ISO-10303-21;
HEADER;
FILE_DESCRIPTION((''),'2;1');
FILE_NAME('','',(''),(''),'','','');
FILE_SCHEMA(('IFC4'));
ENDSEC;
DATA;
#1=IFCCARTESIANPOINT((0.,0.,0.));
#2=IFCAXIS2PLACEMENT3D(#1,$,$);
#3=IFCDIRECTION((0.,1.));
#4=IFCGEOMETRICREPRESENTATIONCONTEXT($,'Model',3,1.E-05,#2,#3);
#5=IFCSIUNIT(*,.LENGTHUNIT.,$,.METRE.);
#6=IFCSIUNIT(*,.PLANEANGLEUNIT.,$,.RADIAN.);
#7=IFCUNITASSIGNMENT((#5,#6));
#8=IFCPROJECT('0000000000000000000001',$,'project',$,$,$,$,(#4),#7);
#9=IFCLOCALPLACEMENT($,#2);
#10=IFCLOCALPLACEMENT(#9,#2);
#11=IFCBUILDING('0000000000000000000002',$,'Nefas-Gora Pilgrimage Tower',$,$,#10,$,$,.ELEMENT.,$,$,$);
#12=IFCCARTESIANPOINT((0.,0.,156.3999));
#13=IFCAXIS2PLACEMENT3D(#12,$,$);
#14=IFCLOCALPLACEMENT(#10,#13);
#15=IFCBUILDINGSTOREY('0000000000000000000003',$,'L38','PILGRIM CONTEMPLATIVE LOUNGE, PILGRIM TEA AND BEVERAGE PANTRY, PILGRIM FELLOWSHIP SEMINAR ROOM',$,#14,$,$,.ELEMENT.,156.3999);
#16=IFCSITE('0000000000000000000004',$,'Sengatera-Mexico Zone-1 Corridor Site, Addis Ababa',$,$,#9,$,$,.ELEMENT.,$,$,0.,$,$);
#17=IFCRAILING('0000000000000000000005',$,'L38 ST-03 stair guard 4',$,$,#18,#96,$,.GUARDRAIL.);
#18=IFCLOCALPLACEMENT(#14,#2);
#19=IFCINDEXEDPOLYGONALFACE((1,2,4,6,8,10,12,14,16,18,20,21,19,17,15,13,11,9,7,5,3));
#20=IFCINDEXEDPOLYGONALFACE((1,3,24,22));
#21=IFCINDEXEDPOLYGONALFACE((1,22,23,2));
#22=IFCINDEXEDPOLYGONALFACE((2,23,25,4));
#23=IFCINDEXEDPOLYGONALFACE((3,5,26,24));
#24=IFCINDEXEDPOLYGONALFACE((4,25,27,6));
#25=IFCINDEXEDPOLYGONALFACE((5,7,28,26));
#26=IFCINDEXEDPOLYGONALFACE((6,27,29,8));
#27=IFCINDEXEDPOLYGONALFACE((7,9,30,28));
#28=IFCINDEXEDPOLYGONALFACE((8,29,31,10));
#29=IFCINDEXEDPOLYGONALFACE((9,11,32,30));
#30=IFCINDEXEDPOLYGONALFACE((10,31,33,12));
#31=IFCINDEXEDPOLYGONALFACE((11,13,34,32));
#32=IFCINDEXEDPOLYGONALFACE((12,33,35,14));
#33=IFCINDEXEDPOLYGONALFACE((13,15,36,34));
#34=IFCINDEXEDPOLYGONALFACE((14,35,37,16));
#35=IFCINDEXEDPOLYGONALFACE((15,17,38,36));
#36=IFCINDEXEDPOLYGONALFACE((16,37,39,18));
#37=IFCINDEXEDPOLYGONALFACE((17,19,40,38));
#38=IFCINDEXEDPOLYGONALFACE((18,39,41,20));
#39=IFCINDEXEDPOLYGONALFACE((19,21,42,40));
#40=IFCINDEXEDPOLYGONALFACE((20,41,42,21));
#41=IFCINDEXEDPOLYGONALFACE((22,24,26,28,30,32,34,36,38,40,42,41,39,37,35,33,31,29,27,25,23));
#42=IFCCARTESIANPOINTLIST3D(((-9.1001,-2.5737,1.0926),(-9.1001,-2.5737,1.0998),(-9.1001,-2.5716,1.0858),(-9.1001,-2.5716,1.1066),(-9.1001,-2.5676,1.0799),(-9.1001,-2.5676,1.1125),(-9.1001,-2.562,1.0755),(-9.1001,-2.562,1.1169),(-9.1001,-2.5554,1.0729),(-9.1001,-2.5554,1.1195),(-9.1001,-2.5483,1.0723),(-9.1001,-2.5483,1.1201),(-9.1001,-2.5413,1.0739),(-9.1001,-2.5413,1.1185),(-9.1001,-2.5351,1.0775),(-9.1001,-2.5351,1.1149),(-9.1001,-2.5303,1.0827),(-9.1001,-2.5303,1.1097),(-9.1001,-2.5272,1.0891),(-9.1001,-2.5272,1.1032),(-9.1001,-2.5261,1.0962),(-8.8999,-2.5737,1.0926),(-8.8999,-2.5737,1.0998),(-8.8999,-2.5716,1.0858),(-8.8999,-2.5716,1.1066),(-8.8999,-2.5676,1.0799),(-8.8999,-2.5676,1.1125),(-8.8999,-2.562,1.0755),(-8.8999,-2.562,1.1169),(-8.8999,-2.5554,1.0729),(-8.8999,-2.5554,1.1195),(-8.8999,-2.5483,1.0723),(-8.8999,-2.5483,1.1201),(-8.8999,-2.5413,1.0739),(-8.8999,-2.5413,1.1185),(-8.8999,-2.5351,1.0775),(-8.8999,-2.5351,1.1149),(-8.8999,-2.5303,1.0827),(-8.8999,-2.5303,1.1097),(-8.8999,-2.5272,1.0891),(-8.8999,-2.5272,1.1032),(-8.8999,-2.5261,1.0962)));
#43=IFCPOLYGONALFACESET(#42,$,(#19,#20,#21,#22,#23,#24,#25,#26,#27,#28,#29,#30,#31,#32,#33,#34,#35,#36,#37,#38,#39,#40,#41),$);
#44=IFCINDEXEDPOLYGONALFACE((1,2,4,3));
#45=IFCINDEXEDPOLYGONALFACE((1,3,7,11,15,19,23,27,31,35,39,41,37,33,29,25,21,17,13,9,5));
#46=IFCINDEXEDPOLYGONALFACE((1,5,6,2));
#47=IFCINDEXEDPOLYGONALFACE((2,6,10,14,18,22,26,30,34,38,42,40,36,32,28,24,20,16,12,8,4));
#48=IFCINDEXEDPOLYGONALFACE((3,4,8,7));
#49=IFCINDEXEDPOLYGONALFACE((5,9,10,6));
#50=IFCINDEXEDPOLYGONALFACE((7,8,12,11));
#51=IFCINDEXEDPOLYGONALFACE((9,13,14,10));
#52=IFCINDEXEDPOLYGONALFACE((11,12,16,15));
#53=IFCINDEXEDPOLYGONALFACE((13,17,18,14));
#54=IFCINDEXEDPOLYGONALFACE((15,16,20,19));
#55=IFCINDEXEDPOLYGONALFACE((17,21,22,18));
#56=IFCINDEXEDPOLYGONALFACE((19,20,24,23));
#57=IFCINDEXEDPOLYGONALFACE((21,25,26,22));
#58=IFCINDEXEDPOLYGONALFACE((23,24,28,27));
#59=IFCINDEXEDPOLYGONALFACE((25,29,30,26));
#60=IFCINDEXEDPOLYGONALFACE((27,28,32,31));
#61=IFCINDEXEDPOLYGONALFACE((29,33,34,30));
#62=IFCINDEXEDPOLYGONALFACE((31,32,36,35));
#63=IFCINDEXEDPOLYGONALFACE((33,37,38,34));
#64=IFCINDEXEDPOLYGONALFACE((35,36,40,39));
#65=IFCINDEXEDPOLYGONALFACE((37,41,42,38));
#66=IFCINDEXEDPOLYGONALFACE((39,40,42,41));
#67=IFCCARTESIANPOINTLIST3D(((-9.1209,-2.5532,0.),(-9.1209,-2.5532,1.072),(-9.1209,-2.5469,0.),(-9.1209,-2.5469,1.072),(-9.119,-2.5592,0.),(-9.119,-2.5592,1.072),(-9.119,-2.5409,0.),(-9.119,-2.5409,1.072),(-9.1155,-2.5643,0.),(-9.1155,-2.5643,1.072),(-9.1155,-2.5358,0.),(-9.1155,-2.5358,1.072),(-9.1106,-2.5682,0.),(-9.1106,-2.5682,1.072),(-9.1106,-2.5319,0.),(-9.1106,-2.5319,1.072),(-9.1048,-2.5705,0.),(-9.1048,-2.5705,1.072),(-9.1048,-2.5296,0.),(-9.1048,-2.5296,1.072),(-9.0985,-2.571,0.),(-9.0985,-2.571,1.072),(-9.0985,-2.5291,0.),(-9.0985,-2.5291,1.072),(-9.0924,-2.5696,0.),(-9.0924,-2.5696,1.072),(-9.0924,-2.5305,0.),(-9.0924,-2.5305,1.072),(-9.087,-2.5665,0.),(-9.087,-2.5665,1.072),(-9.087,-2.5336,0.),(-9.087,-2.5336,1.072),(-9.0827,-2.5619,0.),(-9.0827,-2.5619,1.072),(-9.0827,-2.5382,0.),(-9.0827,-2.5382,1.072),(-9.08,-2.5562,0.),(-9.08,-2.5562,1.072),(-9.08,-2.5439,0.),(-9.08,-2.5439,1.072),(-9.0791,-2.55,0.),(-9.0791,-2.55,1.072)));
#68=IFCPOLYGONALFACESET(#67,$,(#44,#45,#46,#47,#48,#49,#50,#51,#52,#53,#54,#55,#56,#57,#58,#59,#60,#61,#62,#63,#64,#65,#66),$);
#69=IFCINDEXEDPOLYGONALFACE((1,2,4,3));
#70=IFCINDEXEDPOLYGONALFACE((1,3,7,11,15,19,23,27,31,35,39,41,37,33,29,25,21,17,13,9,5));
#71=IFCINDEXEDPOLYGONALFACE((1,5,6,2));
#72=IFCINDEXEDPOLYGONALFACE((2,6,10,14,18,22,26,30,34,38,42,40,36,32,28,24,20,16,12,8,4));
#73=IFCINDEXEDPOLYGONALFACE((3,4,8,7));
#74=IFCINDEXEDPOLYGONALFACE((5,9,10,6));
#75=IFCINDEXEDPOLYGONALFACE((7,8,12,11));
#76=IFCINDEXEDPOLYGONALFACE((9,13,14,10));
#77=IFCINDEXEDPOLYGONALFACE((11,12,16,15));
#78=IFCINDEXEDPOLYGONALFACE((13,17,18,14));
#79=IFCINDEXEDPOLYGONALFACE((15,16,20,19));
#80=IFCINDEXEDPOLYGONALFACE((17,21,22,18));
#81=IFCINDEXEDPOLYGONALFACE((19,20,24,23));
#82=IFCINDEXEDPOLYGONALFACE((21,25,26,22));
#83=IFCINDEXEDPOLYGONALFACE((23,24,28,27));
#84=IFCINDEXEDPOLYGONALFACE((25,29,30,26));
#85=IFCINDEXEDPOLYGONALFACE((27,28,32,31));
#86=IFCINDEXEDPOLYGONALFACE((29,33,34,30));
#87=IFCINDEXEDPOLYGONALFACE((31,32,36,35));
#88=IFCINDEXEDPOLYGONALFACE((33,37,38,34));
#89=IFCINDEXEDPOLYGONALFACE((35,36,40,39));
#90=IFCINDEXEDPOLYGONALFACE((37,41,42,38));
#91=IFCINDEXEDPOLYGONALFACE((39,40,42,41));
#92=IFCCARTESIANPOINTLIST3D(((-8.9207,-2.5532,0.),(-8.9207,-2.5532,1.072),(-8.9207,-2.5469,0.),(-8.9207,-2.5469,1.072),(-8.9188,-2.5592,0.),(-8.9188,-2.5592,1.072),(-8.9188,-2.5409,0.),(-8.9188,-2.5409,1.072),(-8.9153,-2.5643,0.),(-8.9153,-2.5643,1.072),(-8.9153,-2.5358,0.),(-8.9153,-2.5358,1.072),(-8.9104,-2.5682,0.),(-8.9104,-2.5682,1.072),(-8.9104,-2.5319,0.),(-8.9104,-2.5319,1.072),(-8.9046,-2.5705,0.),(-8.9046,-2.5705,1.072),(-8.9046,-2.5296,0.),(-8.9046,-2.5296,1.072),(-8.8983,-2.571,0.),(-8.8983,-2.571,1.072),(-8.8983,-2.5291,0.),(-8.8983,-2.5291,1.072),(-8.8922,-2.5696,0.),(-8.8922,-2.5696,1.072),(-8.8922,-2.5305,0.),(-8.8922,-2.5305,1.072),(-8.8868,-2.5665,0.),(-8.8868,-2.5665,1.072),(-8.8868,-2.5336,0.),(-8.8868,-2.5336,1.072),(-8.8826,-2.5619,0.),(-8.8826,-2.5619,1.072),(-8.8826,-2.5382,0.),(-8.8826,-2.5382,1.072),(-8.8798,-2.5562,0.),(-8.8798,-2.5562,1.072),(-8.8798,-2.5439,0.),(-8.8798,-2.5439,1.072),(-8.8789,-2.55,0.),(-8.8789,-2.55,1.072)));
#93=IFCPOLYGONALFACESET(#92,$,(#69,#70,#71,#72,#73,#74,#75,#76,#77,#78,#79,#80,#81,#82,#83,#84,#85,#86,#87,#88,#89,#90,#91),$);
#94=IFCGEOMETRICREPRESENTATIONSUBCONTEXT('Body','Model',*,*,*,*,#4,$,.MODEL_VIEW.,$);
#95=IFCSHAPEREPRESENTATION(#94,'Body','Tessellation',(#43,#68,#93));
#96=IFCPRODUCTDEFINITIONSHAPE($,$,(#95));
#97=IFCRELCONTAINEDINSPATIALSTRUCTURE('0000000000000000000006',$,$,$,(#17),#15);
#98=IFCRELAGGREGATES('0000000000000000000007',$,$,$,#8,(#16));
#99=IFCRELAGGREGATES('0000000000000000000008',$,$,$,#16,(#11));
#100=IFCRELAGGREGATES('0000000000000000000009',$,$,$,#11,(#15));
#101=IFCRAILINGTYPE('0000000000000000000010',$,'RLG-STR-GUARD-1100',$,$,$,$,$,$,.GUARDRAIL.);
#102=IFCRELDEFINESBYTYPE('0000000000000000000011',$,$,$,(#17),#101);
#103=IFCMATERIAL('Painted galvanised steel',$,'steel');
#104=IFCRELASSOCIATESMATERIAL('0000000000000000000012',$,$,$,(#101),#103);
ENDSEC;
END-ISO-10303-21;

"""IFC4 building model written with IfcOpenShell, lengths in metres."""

from ifc_helpers import new_model, si_unit, direction, frame, origin, origin_2d, place, context, subcontext, project, spatial, circle, extrude, material, type_object, element, save


model = new_model("IFC4")

# Units and contexts
model_context = context("Model", 3, precision=1e-05, world=origin(), true_north=direction((0.0, 1.0)))
body_context = subcontext(model_context, "Body", "Model", "MODEL_VIEW")
ifc_project = project(units=[si_unit("LENGTHUNIT", "METRE"), si_unit("PLANEANGLEUNIT", "RADIAN")], contexts=[model_context])

# Site, building, storey
site_placement = place(None, origin())
site = spatial("IfcSite", under=ifc_project, at=site_placement, Name="Sengatera-Mexico Zone-1 Corridor Site, Addis Ababa", CompositionType="ELEMENT", RefElevation=0.0)
building_placement = place(site_placement, origin())
building = spatial("IfcBuilding", under=site, at=building_placement, Name="Nefas-Gora Pilgrimage Tower", CompositionType="ELEMENT")
storey_placement = place(building_placement, frame((0.0, 0.0, 156.3999)))
storey = spatial("IfcBuildingStorey", under=building, at=storey_placement, Name="L38", Description="PILGRIM CONTEMPLATIVE LOUNGE, PILGRIM TEA AND BEVERAGE PANTRY, PILGRIM FELLOWSHIP SEMINAR ROOM", CompositionType="ELEMENT", Elevation=156.3999)

# Railing
ifc_material_1 = material(Name="Painted galvanised steel", Category="steel")
railing_type_1 = type_object("IfcRailingType", Name="RLG-STR-GUARD-1100", PredefinedType="GUARDRAIL", material=ifc_material_1)
railing_1_placement = place(storey_placement, frame((-9.1001, -2.55, 0.0)))
element("IfcRailing", 1, at=railing_1_placement, inside=storey, type_object=railing_type_1, Name="L38 ST-03 stair guard 4", PredefinedType="GUARDRAIL", context=body_context, shape_type="SweptSolid", body=[
    extrude(circle(Radius=0.0239, at=origin_2d()), frame((0.0, 0.0, 1.0962), z_axis=(1.0, 0.0, 0.0), x_axis=(0.0, 1.0, 0.0)), (0.0, 0.0, 1.0), 0.2002),
    extrude(circle(Radius=0.021, at=origin_2d()), origin(), (0.0, 0.0, 1.0), 1.072),
    extrude(circle(Radius=0.021, at=origin_2d()), frame((0.2002, 0.0, 0.0)), (0.0, 0.0, 1.0), 1.072),
])

save(model, "model.ifc")
